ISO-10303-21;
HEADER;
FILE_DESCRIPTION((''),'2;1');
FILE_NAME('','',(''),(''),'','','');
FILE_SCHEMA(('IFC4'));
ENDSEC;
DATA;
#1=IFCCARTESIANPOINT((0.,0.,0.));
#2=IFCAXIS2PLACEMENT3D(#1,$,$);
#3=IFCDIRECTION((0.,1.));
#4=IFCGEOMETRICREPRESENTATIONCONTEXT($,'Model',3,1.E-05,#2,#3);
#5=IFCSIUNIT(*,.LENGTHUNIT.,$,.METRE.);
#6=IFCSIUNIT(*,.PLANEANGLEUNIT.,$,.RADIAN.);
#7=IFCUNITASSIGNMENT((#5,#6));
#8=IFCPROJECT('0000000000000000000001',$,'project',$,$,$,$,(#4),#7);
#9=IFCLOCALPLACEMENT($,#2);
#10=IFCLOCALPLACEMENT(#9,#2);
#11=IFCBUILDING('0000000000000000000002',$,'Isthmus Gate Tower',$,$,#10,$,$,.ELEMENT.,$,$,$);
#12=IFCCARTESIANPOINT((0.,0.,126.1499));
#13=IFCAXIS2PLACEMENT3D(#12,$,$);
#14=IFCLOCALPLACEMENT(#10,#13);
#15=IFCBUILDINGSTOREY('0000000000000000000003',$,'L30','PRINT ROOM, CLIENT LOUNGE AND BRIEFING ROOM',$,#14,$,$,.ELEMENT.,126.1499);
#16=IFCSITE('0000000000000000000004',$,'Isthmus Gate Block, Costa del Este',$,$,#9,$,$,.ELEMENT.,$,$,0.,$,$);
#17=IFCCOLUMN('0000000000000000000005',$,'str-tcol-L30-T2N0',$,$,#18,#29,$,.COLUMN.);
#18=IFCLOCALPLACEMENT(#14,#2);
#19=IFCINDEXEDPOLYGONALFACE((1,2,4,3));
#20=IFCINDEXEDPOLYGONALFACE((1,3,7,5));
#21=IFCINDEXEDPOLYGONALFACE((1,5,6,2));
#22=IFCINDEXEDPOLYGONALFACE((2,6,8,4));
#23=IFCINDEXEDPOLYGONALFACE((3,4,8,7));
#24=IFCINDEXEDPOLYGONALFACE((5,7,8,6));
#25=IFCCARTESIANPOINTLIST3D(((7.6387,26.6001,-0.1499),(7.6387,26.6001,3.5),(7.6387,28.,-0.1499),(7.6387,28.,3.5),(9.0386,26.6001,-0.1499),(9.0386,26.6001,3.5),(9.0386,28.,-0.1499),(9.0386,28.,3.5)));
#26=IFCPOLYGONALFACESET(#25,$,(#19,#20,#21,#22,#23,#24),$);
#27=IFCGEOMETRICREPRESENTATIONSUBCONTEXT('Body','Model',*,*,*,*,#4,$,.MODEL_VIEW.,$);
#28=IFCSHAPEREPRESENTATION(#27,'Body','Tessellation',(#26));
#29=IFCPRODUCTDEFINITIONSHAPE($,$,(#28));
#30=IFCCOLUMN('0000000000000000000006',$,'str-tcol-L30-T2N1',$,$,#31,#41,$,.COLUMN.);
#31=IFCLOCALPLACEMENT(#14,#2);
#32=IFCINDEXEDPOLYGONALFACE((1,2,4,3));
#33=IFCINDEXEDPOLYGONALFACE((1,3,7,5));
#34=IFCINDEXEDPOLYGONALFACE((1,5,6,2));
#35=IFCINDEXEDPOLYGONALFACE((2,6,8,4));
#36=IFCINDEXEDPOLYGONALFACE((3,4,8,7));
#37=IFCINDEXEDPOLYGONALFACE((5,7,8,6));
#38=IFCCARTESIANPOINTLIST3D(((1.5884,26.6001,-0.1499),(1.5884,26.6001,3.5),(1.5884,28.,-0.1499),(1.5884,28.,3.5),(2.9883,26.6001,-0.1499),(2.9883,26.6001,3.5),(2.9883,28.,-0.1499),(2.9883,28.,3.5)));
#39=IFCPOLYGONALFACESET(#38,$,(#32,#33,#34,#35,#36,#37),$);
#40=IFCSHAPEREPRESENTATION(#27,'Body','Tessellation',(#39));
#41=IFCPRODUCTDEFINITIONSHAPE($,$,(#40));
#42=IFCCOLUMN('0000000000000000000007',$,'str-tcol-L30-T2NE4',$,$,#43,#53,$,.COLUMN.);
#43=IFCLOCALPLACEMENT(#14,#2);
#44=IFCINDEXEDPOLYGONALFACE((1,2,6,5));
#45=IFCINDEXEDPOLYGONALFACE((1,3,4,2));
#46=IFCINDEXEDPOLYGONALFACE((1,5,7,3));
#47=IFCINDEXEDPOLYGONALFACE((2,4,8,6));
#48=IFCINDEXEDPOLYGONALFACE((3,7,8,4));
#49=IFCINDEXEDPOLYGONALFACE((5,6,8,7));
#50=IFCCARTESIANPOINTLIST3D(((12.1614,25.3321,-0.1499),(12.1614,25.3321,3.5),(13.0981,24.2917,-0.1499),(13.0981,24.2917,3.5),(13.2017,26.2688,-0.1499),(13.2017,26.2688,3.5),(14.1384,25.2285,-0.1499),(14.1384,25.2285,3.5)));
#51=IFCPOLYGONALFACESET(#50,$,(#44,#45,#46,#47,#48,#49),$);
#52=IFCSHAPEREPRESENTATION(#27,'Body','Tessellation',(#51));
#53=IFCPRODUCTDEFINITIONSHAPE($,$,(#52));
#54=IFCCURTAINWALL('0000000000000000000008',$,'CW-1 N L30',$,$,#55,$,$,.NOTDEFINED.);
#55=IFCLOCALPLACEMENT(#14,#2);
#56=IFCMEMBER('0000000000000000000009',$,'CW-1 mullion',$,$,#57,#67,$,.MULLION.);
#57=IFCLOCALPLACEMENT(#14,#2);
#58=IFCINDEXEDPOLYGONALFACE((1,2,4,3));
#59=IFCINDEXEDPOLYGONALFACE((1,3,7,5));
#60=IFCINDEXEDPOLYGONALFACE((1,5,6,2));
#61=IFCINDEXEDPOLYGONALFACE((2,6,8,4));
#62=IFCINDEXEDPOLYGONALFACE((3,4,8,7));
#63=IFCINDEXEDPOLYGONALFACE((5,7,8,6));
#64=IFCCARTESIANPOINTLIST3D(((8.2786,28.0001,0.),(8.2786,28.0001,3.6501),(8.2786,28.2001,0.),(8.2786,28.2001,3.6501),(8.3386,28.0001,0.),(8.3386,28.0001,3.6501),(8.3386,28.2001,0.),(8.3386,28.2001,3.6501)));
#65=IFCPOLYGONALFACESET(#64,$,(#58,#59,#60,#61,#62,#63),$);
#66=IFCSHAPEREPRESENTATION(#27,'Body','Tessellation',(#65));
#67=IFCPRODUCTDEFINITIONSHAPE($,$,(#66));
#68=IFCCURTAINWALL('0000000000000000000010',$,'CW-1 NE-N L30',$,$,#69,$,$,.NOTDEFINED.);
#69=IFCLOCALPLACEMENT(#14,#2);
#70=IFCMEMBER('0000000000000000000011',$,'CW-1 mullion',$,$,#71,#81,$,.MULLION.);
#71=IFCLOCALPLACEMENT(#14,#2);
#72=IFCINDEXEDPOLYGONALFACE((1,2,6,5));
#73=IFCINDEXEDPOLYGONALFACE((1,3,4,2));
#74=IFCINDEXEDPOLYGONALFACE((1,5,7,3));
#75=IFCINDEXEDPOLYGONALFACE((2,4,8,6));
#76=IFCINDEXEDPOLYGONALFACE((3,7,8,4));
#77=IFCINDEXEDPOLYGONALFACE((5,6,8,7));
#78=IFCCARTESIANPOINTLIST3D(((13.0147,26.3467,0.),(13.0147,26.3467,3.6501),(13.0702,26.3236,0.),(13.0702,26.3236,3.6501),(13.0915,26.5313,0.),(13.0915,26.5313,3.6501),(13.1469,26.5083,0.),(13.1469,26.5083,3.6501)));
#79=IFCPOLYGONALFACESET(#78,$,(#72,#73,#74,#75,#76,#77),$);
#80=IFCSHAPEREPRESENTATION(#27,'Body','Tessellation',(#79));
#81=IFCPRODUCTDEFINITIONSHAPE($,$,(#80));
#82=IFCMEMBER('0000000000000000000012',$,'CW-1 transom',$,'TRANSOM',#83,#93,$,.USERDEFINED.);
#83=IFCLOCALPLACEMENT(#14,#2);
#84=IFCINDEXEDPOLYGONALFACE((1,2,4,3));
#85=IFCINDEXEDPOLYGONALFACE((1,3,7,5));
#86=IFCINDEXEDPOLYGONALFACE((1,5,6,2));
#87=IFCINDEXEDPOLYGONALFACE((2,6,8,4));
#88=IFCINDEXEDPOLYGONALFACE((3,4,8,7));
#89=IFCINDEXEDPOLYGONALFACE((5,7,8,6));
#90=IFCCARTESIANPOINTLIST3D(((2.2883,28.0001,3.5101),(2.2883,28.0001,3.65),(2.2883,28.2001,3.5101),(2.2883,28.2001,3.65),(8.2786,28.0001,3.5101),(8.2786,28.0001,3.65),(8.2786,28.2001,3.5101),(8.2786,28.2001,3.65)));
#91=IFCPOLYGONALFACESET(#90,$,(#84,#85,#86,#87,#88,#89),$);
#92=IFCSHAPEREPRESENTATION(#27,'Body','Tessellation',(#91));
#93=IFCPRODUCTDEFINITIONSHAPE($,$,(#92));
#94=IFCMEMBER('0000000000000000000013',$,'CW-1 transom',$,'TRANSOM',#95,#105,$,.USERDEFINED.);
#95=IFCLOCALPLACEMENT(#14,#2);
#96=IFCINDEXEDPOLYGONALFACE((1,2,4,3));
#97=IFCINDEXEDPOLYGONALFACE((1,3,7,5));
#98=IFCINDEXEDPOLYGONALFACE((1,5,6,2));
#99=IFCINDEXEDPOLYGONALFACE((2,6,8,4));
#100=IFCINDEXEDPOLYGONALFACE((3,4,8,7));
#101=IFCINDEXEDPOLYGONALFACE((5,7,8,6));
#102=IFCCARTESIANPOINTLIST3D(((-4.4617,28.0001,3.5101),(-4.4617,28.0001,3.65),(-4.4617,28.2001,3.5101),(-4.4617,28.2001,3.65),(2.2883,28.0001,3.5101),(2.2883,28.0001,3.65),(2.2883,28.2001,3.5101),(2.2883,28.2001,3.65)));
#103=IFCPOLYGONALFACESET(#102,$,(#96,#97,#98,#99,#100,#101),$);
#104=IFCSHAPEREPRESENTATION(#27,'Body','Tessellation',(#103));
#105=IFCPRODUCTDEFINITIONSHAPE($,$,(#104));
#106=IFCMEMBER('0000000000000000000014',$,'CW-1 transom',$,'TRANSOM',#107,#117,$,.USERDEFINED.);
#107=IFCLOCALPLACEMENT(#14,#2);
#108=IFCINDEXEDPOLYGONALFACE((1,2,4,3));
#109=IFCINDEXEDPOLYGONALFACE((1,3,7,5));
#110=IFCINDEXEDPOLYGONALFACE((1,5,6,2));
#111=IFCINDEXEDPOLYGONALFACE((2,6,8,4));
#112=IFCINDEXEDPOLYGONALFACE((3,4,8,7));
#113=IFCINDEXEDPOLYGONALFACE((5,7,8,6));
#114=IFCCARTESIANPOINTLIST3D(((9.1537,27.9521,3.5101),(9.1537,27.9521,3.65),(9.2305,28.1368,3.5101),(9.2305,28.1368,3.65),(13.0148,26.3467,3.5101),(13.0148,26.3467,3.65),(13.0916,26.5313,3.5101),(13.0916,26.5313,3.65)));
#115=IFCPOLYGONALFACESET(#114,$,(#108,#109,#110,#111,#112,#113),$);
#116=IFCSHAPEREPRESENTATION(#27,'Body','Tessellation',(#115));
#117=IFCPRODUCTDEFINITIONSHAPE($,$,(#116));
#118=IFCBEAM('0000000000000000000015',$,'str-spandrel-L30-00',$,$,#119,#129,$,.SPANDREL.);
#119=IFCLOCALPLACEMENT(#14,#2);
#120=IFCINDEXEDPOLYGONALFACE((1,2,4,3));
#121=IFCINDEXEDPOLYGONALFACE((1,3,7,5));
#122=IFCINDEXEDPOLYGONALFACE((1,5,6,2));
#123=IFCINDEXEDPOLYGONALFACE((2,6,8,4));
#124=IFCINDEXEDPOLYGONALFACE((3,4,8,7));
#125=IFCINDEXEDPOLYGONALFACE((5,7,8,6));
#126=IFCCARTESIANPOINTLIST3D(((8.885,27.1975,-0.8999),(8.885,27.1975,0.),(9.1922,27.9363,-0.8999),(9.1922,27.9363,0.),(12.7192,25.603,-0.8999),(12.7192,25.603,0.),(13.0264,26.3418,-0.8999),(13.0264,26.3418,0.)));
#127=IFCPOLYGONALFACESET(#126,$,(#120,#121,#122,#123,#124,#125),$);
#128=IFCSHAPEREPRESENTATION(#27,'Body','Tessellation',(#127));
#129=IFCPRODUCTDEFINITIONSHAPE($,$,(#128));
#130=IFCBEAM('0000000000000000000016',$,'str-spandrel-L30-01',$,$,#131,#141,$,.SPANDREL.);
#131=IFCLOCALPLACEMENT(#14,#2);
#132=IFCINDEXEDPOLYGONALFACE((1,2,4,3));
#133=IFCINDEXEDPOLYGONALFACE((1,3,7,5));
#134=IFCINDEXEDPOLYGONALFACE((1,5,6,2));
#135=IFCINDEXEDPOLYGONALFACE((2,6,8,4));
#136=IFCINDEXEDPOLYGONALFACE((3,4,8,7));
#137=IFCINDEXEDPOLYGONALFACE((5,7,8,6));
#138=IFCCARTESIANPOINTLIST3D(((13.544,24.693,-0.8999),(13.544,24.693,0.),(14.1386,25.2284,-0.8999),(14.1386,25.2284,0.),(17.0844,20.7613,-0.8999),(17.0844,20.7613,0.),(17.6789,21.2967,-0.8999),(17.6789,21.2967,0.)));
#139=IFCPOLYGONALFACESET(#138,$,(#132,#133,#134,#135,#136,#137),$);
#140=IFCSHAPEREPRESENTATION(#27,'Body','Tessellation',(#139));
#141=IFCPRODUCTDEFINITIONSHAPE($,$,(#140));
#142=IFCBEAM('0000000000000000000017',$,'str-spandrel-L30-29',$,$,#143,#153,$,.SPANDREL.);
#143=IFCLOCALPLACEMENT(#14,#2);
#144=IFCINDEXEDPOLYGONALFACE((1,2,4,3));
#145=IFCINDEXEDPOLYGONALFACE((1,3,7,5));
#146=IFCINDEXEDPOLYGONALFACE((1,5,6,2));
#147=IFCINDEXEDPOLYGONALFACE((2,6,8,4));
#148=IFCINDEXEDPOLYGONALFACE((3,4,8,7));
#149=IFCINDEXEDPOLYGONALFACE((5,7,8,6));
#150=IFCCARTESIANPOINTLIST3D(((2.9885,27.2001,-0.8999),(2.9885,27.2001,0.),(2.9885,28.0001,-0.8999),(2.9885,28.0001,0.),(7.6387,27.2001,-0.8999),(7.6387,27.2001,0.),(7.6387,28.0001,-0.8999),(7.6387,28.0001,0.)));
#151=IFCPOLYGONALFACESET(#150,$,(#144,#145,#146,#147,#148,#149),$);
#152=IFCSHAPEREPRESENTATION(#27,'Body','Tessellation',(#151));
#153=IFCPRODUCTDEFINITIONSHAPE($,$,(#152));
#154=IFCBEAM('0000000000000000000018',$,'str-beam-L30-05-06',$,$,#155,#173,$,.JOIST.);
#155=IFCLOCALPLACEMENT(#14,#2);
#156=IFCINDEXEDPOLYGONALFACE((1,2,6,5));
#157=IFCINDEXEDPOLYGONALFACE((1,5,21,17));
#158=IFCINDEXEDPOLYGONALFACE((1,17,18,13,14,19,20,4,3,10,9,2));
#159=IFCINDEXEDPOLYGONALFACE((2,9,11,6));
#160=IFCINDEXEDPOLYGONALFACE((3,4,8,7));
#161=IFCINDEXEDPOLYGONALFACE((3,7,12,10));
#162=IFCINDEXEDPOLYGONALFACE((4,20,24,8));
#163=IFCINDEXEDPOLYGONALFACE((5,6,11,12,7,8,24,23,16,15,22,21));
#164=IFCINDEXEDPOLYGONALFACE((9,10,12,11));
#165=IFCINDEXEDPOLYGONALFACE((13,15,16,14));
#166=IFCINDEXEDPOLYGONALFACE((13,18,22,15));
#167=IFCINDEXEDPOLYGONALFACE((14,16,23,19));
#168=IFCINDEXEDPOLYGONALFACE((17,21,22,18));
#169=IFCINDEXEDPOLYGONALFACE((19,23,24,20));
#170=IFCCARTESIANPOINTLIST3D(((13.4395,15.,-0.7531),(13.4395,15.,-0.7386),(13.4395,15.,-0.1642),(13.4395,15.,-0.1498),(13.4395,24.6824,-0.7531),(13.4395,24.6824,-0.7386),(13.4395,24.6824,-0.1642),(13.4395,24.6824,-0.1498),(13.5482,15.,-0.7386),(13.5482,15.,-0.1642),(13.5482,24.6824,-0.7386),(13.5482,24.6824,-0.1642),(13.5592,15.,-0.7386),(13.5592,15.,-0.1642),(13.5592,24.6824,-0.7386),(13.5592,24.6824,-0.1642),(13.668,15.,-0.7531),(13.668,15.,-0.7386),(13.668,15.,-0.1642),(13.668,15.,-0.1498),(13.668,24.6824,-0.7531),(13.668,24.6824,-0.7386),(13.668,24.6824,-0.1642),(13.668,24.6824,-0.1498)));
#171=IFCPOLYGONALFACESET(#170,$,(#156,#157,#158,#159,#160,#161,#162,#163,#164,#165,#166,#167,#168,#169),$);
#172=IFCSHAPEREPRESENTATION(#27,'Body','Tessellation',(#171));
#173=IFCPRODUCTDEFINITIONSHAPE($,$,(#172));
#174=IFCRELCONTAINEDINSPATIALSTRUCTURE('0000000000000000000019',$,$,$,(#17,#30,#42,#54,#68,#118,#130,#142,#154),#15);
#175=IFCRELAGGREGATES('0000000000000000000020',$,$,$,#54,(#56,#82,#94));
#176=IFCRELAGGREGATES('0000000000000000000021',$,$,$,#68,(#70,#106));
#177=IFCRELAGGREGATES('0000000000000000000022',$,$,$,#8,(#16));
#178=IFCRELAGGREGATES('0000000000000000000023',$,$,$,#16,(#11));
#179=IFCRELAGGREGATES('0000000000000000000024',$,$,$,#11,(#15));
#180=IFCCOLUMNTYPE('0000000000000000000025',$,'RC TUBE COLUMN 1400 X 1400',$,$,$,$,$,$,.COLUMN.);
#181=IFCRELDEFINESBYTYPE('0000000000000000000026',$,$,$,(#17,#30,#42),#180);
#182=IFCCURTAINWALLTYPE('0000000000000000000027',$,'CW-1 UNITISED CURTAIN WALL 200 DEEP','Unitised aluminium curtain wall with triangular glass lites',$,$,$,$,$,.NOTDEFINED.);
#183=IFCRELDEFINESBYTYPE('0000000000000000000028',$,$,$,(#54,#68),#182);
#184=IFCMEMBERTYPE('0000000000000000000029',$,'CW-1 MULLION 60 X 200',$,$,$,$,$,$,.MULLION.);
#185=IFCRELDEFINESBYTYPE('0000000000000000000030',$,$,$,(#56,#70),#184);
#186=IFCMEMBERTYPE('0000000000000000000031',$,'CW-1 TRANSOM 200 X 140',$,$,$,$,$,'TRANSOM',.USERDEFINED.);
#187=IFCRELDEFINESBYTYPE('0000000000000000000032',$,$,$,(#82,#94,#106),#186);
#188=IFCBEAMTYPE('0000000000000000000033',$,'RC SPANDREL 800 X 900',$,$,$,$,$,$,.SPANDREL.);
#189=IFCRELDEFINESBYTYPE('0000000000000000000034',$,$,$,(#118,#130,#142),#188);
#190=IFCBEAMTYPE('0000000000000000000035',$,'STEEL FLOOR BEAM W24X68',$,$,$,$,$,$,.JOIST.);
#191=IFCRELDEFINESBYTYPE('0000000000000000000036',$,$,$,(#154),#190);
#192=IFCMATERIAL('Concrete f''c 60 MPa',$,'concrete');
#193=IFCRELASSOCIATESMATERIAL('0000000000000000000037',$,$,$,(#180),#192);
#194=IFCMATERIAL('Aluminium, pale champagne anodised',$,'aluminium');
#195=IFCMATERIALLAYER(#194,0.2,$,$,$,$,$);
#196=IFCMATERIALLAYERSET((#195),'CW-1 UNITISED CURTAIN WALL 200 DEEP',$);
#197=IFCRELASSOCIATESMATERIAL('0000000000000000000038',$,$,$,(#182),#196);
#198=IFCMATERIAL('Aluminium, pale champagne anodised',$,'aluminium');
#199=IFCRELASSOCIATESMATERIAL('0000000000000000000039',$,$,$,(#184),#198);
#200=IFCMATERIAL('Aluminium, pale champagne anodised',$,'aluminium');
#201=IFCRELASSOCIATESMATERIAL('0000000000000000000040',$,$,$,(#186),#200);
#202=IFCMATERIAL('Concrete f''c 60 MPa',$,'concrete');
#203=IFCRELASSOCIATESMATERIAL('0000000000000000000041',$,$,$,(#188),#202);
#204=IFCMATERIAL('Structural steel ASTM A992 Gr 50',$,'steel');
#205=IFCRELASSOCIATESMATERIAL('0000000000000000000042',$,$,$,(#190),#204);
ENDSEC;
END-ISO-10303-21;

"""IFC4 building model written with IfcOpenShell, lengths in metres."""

from ifc_helpers import new_model, si_unit, direction, frame, origin, origin_2d, place, context, subcontext, project, spatial, rectangle, i_section, extrude, material, layer, layer_set, material_profile, profile_set, type_object, element, aggregate, save


model = new_model("IFC4")

# Units and contexts
model_context = context("Model", 3, precision=1e-05, world=origin(), true_north=direction((0.0, 1.0)))
body_context = subcontext(model_context, "Body", "Model", "MODEL_VIEW")
ifc_project = project(units=[si_unit("LENGTHUNIT", "METRE"), si_unit("PLANEANGLEUNIT", "RADIAN")], contexts=[model_context])

# Site, building, storey
site_placement = place(None, origin())
site = spatial("IfcSite", under=ifc_project, at=site_placement, Name="Isthmus Gate Block, Costa del Este", CompositionType="ELEMENT", RefElevation=0.0)
building_placement = place(site_placement, origin())
building = spatial("IfcBuilding", under=site, at=building_placement, Name="Isthmus Gate Tower", CompositionType="ELEMENT")
storey_placement = place(building_placement, frame((0.0, 0.0, 126.1499)))
storey = spatial("IfcBuildingStorey", under=building, at=storey_placement, Name="L30", Description="PRINT ROOM, CLIENT LOUNGE AND BRIEFING ROOM", CompositionType="ELEMENT", Elevation=126.1499)

# Columns
ifc_material_1 = material(Name="Concrete f'c 60 MPa", Category="concrete")
ifc_material_profile_1 = material_profile(ifc_material_1, rectangle(XDim=1.3999, YDim=1.3999, at=origin_2d()), Name="RC 1400X1400")
ifc_profile_set_1 = profile_set([ifc_material_profile_1], Name="Concrete f'c 60 MPa")
column_type = type_object("IfcColumnType", Name="RC TUBE COLUMN 1400 X 1400", PredefinedType="COLUMN", material=ifc_profile_set_1)
for number, where, z_axis, x_axis, name in (
    (1, (8.3386, 27.3, -0.1499), (0.0, 0.0, 1.0), (-1.0, 0.0, 0.0), "str-tcol-L30-T2N0"),
    (2, (2.2883, 27.3, -0.1499), (0.0, 0.0, 1.0), (-1.0, 0.0, 0.0), "str-tcol-L30-T2N1"),
    (3, (13.1499, 25.2803, -0.1499), (0.0, 0.0, 1.0), (-0.669131, 0.743145, 0.0), "str-tcol-L30-T2NE4"),
):
    element("IfcColumn", number, at=place(storey_placement, frame(where, z_axis=z_axis, x_axis=x_axis)), inside=storey, type_object=column_type, Name=name, PredefinedType="COLUMN", context=body_context, shape_type="SweptSolid", body=[
        extrude(rectangle(XDim=1.3999, YDim=1.3999, at=origin_2d()), origin(), (0.0, 0.0, 1.0), 3.6499),
    ])

# Curtain walls, members
ifc_material_2 = material(Name="Aluminium, pale champagne anodised", Category="aluminium")
ifc_layer_1 = layer(ifc_material_2, 0.2)
ifc_layer_set_1 = layer_set([ifc_layer_1], Name="CW-1 UNITISED CURTAIN WALL 200 DEEP")
curtain_wall_type = type_object("IfcCurtainWallType", Name="CW-1 UNITISED CURTAIN WALL 200 DEEP", Description="Unitised aluminium curtain wall with triangular glass lites", PredefinedType="NOTDEFINED", material=ifc_layer_set_1)
curtain_wall_1_placement = place(storey_placement, origin())
curtain_wall_1 = element("IfcCurtainWall", 4, at=curtain_wall_1_placement, inside=storey, type_object=curtain_wall_type, Name="CW-1 N L30", PredefinedType="NOTDEFINED")
ifc_material_3 = material(Name="Aluminium, pale champagne anodised", Category="aluminium")
ifc_material_profile_2 = material_profile(ifc_material_3, rectangle(XDim=0.0601, YDim=0.2, at=origin_2d()), Name="60x200")
ifc_profile_set_2 = profile_set([ifc_material_profile_2], Name="Aluminium, pale champagne anodised")
member_type_1 = type_object("IfcMemberType", Name="CW-1 MULLION 60 X 200", PredefinedType="MULLION", material=ifc_profile_set_2)
member_1_placement = place(storey_placement, frame((8.3086, 28.1001, 0.0), z_axis=(0.0, 0.0, 1.0), x_axis=(-1.0, 0.0, 0.0)))
member_1 = element("IfcMember", 5, at=member_1_placement, type_object=member_type_1, Name="CW-1 mullion", PredefinedType="MULLION", context=body_context, shape_type="SweptSolid", body=[
    extrude(rectangle(XDim=0.0601, YDim=0.2, at=origin_2d()), origin(), (0.0, 0.0, 1.0), 3.6501),
])
curtain_wall_2_placement = place(storey_placement, origin())
curtain_wall_2 = element("IfcCurtainWall", 6, at=curtain_wall_2_placement, inside=storey, type_object=curtain_wall_type, Name="CW-1 NE-N L30", PredefinedType="NOTDEFINED")
member_2_placement = place(storey_placement, frame((13.0808, 26.4275, 0.0), z_axis=(0.0, 0.0, 1.0), x_axis=(-0.923353, 0.383952, 0.0)))
member_2 = element("IfcMember", 7, at=member_2_placement, type_object=member_type_1, Name="CW-1 mullion", PredefinedType="MULLION", context=body_context, shape_type="SweptSolid", body=[
    extrude(rectangle(XDim=0.0601, YDim=0.2, at=origin_2d()), origin(), (0.0, 0.0, 1.0), 3.6501),
])

# Members
ifc_material_4 = material(Name="Aluminium, pale champagne anodised", Category="aluminium")
ifc_material_profile_3 = material_profile(ifc_material_4, rectangle(XDim=0.2, YDim=0.1399, at=origin_2d()), Name="200x140")
ifc_profile_set_3 = profile_set([ifc_material_profile_3], Name="Aluminium, pale champagne anodised")
member_type_2 = type_object("IfcMemberType", Name="CW-1 TRANSOM 200 X 140", ElementType="TRANSOM", PredefinedType="USERDEFINED", material=ifc_profile_set_3)
member_3_placement = place(storey_placement, frame((8.2786, 28.1001, 3.5801), z_axis=(-1.0, 0.0, 0.0), x_axis=(0.0, -1.0, 0.0)))
member_3 = element("IfcMember", 8, at=member_3_placement, type_object=member_type_2, Name="CW-1 transom", ObjectType="TRANSOM", PredefinedType="USERDEFINED", context=body_context, shape_type="SweptSolid", body=[
    extrude(rectangle(XDim=0.2, YDim=0.1399, at=origin_2d()), origin(), (0.0, 0.0, 1.0), 5.9902),
])
member_4_placement = place(storey_placement, frame((2.2883, 28.1001, 3.5801), z_axis=(-1.0, 0.0, 0.0), x_axis=(0.0, -1.0, 0.0)))
member_4 = element("IfcMember", 9, at=member_4_placement, type_object=member_type_2, Name="CW-1 transom", ObjectType="TRANSOM", PredefinedType="USERDEFINED", context=body_context, shape_type="SweptSolid", body=[
    extrude(rectangle(XDim=0.2, YDim=0.1399, at=origin_2d()), origin(), (0.0, 0.0, 1.0), 6.75),
])
member_5_placement = place(storey_placement, frame((13.0532, 26.439, 3.5801), z_axis=(-0.923358, 0.38394, 0.0), x_axis=(-0.38394, -0.923358, 0.0)))
member_5 = element("IfcMember", 10, at=member_5_placement, type_object=member_type_2, Name="CW-1 transom", ObjectType="TRANSOM", PredefinedType="USERDEFINED", context=body_context, shape_type="SweptSolid", body=[
    extrude(rectangle(XDim=0.2, YDim=0.1399, at=origin_2d()), origin(), (0.0, 0.0, 1.0), 4.1816),
])

# Beams
ifc_material_5 = material(Name="Concrete f'c 60 MPa", Category="concrete")
ifc_material_profile_4 = material_profile(ifc_material_5, rectangle(XDim=0.8, YDim=0.8999, at=origin_2d()), Name="RC 800X900")
ifc_profile_set_4 = profile_set([ifc_material_profile_4], Name="Concrete f'c 60 MPa")
beam_type_1 = type_object("IfcBeamType", Name="RC SPANDREL 800 X 900", PredefinedType="SPANDREL", material=ifc_profile_set_4)
beam_1_placement = place(storey_placement, frame((9.0386, 27.5669, -0.45), z_axis=(0.923343, -0.383977, 0.0), x_axis=(0.383977, 0.923343, 0.0)))
element("IfcBeam", 11, at=beam_1_placement, inside=storey, type_object=beam_type_1, Name="str-spandrel-L30-00", PredefinedType="SPANDREL", context=body_context, shape_type="SweptSolid", body=[
    extrude(rectangle(XDim=0.8, YDim=0.8999, at=origin_2d()), origin(), (0.0, 0.0, 1.0), 4.1526),
])
beam_2_placement = place(storey_placement, frame((13.8413, 24.9607, -0.45), z_axis=(0.669153, -0.743124, 0.0), x_axis=(0.743124, 0.669153, 0.0)))
element("IfcBeam", 12, at=beam_2_placement, inside=storey, type_object=beam_type_1, Name="str-spandrel-L30-01", PredefinedType="SPANDREL", context=body_context, shape_type="SweptSolid", body=[
    extrude(rectangle(XDim=0.8, YDim=0.8999, at=origin_2d()), origin(), (0.0, 0.0, 1.0), 5.2908),
])
beam_3_placement = place(storey_placement, frame((2.9885, 27.6001, -0.45), z_axis=(1.0, 0.0, 0.0), x_axis=(0.0, 1.0, 0.0)))
element("IfcBeam", 13, at=beam_3_placement, inside=storey, type_object=beam_type_1, Name="str-spandrel-L30-29", PredefinedType="SPANDREL", context=body_context, shape_type="SweptSolid", body=[
    extrude(rectangle(XDim=0.8, YDim=0.8999, at=origin_2d()), origin(), (0.0, 0.0, 1.0), 4.6501),
])
ifc_material_6 = material(Name="Structural steel ASTM A992 Gr 50", Category="steel")
ifc_material_profile_5 = material_profile(ifc_material_6, i_section(OverallWidth=0.2285, OverallDepth=0.6033, WebThickness=0.011, FlangeThickness=0.0144, at=origin_2d()), Name="W24X68")
ifc_profile_set_5 = profile_set([ifc_material_profile_5], Name="Structural steel ASTM A992 Gr 50")
beam_type_2 = type_object("IfcBeamType", Name="STEEL FLOOR BEAM W24X68", PredefinedType="JOIST", material=ifc_profile_set_5)
beam_4_placement = place(storey_placement, frame((13.5537, 15.0, -0.4514), z_axis=(0.0, 1.0, 0.0), x_axis=(-1.0, 0.0, 0.0)))
element("IfcBeam", 14, at=beam_4_placement, inside=storey, type_object=beam_type_2, Name="str-beam-L30-05-06", PredefinedType="JOIST", context=body_context, shape_type="SweptSolid", body=[
    extrude(i_section(OverallWidth=0.2285, OverallDepth=0.6033, WebThickness=0.011, FlangeThickness=0.0144, at=origin_2d()), origin(), (0.0, 0.0, 1.0), 9.6824),
])

aggregate(curtain_wall_1, [member_1, member_3, member_4])
aggregate(curtain_wall_2, [member_2, member_5])

save(model, "model.ifc")
